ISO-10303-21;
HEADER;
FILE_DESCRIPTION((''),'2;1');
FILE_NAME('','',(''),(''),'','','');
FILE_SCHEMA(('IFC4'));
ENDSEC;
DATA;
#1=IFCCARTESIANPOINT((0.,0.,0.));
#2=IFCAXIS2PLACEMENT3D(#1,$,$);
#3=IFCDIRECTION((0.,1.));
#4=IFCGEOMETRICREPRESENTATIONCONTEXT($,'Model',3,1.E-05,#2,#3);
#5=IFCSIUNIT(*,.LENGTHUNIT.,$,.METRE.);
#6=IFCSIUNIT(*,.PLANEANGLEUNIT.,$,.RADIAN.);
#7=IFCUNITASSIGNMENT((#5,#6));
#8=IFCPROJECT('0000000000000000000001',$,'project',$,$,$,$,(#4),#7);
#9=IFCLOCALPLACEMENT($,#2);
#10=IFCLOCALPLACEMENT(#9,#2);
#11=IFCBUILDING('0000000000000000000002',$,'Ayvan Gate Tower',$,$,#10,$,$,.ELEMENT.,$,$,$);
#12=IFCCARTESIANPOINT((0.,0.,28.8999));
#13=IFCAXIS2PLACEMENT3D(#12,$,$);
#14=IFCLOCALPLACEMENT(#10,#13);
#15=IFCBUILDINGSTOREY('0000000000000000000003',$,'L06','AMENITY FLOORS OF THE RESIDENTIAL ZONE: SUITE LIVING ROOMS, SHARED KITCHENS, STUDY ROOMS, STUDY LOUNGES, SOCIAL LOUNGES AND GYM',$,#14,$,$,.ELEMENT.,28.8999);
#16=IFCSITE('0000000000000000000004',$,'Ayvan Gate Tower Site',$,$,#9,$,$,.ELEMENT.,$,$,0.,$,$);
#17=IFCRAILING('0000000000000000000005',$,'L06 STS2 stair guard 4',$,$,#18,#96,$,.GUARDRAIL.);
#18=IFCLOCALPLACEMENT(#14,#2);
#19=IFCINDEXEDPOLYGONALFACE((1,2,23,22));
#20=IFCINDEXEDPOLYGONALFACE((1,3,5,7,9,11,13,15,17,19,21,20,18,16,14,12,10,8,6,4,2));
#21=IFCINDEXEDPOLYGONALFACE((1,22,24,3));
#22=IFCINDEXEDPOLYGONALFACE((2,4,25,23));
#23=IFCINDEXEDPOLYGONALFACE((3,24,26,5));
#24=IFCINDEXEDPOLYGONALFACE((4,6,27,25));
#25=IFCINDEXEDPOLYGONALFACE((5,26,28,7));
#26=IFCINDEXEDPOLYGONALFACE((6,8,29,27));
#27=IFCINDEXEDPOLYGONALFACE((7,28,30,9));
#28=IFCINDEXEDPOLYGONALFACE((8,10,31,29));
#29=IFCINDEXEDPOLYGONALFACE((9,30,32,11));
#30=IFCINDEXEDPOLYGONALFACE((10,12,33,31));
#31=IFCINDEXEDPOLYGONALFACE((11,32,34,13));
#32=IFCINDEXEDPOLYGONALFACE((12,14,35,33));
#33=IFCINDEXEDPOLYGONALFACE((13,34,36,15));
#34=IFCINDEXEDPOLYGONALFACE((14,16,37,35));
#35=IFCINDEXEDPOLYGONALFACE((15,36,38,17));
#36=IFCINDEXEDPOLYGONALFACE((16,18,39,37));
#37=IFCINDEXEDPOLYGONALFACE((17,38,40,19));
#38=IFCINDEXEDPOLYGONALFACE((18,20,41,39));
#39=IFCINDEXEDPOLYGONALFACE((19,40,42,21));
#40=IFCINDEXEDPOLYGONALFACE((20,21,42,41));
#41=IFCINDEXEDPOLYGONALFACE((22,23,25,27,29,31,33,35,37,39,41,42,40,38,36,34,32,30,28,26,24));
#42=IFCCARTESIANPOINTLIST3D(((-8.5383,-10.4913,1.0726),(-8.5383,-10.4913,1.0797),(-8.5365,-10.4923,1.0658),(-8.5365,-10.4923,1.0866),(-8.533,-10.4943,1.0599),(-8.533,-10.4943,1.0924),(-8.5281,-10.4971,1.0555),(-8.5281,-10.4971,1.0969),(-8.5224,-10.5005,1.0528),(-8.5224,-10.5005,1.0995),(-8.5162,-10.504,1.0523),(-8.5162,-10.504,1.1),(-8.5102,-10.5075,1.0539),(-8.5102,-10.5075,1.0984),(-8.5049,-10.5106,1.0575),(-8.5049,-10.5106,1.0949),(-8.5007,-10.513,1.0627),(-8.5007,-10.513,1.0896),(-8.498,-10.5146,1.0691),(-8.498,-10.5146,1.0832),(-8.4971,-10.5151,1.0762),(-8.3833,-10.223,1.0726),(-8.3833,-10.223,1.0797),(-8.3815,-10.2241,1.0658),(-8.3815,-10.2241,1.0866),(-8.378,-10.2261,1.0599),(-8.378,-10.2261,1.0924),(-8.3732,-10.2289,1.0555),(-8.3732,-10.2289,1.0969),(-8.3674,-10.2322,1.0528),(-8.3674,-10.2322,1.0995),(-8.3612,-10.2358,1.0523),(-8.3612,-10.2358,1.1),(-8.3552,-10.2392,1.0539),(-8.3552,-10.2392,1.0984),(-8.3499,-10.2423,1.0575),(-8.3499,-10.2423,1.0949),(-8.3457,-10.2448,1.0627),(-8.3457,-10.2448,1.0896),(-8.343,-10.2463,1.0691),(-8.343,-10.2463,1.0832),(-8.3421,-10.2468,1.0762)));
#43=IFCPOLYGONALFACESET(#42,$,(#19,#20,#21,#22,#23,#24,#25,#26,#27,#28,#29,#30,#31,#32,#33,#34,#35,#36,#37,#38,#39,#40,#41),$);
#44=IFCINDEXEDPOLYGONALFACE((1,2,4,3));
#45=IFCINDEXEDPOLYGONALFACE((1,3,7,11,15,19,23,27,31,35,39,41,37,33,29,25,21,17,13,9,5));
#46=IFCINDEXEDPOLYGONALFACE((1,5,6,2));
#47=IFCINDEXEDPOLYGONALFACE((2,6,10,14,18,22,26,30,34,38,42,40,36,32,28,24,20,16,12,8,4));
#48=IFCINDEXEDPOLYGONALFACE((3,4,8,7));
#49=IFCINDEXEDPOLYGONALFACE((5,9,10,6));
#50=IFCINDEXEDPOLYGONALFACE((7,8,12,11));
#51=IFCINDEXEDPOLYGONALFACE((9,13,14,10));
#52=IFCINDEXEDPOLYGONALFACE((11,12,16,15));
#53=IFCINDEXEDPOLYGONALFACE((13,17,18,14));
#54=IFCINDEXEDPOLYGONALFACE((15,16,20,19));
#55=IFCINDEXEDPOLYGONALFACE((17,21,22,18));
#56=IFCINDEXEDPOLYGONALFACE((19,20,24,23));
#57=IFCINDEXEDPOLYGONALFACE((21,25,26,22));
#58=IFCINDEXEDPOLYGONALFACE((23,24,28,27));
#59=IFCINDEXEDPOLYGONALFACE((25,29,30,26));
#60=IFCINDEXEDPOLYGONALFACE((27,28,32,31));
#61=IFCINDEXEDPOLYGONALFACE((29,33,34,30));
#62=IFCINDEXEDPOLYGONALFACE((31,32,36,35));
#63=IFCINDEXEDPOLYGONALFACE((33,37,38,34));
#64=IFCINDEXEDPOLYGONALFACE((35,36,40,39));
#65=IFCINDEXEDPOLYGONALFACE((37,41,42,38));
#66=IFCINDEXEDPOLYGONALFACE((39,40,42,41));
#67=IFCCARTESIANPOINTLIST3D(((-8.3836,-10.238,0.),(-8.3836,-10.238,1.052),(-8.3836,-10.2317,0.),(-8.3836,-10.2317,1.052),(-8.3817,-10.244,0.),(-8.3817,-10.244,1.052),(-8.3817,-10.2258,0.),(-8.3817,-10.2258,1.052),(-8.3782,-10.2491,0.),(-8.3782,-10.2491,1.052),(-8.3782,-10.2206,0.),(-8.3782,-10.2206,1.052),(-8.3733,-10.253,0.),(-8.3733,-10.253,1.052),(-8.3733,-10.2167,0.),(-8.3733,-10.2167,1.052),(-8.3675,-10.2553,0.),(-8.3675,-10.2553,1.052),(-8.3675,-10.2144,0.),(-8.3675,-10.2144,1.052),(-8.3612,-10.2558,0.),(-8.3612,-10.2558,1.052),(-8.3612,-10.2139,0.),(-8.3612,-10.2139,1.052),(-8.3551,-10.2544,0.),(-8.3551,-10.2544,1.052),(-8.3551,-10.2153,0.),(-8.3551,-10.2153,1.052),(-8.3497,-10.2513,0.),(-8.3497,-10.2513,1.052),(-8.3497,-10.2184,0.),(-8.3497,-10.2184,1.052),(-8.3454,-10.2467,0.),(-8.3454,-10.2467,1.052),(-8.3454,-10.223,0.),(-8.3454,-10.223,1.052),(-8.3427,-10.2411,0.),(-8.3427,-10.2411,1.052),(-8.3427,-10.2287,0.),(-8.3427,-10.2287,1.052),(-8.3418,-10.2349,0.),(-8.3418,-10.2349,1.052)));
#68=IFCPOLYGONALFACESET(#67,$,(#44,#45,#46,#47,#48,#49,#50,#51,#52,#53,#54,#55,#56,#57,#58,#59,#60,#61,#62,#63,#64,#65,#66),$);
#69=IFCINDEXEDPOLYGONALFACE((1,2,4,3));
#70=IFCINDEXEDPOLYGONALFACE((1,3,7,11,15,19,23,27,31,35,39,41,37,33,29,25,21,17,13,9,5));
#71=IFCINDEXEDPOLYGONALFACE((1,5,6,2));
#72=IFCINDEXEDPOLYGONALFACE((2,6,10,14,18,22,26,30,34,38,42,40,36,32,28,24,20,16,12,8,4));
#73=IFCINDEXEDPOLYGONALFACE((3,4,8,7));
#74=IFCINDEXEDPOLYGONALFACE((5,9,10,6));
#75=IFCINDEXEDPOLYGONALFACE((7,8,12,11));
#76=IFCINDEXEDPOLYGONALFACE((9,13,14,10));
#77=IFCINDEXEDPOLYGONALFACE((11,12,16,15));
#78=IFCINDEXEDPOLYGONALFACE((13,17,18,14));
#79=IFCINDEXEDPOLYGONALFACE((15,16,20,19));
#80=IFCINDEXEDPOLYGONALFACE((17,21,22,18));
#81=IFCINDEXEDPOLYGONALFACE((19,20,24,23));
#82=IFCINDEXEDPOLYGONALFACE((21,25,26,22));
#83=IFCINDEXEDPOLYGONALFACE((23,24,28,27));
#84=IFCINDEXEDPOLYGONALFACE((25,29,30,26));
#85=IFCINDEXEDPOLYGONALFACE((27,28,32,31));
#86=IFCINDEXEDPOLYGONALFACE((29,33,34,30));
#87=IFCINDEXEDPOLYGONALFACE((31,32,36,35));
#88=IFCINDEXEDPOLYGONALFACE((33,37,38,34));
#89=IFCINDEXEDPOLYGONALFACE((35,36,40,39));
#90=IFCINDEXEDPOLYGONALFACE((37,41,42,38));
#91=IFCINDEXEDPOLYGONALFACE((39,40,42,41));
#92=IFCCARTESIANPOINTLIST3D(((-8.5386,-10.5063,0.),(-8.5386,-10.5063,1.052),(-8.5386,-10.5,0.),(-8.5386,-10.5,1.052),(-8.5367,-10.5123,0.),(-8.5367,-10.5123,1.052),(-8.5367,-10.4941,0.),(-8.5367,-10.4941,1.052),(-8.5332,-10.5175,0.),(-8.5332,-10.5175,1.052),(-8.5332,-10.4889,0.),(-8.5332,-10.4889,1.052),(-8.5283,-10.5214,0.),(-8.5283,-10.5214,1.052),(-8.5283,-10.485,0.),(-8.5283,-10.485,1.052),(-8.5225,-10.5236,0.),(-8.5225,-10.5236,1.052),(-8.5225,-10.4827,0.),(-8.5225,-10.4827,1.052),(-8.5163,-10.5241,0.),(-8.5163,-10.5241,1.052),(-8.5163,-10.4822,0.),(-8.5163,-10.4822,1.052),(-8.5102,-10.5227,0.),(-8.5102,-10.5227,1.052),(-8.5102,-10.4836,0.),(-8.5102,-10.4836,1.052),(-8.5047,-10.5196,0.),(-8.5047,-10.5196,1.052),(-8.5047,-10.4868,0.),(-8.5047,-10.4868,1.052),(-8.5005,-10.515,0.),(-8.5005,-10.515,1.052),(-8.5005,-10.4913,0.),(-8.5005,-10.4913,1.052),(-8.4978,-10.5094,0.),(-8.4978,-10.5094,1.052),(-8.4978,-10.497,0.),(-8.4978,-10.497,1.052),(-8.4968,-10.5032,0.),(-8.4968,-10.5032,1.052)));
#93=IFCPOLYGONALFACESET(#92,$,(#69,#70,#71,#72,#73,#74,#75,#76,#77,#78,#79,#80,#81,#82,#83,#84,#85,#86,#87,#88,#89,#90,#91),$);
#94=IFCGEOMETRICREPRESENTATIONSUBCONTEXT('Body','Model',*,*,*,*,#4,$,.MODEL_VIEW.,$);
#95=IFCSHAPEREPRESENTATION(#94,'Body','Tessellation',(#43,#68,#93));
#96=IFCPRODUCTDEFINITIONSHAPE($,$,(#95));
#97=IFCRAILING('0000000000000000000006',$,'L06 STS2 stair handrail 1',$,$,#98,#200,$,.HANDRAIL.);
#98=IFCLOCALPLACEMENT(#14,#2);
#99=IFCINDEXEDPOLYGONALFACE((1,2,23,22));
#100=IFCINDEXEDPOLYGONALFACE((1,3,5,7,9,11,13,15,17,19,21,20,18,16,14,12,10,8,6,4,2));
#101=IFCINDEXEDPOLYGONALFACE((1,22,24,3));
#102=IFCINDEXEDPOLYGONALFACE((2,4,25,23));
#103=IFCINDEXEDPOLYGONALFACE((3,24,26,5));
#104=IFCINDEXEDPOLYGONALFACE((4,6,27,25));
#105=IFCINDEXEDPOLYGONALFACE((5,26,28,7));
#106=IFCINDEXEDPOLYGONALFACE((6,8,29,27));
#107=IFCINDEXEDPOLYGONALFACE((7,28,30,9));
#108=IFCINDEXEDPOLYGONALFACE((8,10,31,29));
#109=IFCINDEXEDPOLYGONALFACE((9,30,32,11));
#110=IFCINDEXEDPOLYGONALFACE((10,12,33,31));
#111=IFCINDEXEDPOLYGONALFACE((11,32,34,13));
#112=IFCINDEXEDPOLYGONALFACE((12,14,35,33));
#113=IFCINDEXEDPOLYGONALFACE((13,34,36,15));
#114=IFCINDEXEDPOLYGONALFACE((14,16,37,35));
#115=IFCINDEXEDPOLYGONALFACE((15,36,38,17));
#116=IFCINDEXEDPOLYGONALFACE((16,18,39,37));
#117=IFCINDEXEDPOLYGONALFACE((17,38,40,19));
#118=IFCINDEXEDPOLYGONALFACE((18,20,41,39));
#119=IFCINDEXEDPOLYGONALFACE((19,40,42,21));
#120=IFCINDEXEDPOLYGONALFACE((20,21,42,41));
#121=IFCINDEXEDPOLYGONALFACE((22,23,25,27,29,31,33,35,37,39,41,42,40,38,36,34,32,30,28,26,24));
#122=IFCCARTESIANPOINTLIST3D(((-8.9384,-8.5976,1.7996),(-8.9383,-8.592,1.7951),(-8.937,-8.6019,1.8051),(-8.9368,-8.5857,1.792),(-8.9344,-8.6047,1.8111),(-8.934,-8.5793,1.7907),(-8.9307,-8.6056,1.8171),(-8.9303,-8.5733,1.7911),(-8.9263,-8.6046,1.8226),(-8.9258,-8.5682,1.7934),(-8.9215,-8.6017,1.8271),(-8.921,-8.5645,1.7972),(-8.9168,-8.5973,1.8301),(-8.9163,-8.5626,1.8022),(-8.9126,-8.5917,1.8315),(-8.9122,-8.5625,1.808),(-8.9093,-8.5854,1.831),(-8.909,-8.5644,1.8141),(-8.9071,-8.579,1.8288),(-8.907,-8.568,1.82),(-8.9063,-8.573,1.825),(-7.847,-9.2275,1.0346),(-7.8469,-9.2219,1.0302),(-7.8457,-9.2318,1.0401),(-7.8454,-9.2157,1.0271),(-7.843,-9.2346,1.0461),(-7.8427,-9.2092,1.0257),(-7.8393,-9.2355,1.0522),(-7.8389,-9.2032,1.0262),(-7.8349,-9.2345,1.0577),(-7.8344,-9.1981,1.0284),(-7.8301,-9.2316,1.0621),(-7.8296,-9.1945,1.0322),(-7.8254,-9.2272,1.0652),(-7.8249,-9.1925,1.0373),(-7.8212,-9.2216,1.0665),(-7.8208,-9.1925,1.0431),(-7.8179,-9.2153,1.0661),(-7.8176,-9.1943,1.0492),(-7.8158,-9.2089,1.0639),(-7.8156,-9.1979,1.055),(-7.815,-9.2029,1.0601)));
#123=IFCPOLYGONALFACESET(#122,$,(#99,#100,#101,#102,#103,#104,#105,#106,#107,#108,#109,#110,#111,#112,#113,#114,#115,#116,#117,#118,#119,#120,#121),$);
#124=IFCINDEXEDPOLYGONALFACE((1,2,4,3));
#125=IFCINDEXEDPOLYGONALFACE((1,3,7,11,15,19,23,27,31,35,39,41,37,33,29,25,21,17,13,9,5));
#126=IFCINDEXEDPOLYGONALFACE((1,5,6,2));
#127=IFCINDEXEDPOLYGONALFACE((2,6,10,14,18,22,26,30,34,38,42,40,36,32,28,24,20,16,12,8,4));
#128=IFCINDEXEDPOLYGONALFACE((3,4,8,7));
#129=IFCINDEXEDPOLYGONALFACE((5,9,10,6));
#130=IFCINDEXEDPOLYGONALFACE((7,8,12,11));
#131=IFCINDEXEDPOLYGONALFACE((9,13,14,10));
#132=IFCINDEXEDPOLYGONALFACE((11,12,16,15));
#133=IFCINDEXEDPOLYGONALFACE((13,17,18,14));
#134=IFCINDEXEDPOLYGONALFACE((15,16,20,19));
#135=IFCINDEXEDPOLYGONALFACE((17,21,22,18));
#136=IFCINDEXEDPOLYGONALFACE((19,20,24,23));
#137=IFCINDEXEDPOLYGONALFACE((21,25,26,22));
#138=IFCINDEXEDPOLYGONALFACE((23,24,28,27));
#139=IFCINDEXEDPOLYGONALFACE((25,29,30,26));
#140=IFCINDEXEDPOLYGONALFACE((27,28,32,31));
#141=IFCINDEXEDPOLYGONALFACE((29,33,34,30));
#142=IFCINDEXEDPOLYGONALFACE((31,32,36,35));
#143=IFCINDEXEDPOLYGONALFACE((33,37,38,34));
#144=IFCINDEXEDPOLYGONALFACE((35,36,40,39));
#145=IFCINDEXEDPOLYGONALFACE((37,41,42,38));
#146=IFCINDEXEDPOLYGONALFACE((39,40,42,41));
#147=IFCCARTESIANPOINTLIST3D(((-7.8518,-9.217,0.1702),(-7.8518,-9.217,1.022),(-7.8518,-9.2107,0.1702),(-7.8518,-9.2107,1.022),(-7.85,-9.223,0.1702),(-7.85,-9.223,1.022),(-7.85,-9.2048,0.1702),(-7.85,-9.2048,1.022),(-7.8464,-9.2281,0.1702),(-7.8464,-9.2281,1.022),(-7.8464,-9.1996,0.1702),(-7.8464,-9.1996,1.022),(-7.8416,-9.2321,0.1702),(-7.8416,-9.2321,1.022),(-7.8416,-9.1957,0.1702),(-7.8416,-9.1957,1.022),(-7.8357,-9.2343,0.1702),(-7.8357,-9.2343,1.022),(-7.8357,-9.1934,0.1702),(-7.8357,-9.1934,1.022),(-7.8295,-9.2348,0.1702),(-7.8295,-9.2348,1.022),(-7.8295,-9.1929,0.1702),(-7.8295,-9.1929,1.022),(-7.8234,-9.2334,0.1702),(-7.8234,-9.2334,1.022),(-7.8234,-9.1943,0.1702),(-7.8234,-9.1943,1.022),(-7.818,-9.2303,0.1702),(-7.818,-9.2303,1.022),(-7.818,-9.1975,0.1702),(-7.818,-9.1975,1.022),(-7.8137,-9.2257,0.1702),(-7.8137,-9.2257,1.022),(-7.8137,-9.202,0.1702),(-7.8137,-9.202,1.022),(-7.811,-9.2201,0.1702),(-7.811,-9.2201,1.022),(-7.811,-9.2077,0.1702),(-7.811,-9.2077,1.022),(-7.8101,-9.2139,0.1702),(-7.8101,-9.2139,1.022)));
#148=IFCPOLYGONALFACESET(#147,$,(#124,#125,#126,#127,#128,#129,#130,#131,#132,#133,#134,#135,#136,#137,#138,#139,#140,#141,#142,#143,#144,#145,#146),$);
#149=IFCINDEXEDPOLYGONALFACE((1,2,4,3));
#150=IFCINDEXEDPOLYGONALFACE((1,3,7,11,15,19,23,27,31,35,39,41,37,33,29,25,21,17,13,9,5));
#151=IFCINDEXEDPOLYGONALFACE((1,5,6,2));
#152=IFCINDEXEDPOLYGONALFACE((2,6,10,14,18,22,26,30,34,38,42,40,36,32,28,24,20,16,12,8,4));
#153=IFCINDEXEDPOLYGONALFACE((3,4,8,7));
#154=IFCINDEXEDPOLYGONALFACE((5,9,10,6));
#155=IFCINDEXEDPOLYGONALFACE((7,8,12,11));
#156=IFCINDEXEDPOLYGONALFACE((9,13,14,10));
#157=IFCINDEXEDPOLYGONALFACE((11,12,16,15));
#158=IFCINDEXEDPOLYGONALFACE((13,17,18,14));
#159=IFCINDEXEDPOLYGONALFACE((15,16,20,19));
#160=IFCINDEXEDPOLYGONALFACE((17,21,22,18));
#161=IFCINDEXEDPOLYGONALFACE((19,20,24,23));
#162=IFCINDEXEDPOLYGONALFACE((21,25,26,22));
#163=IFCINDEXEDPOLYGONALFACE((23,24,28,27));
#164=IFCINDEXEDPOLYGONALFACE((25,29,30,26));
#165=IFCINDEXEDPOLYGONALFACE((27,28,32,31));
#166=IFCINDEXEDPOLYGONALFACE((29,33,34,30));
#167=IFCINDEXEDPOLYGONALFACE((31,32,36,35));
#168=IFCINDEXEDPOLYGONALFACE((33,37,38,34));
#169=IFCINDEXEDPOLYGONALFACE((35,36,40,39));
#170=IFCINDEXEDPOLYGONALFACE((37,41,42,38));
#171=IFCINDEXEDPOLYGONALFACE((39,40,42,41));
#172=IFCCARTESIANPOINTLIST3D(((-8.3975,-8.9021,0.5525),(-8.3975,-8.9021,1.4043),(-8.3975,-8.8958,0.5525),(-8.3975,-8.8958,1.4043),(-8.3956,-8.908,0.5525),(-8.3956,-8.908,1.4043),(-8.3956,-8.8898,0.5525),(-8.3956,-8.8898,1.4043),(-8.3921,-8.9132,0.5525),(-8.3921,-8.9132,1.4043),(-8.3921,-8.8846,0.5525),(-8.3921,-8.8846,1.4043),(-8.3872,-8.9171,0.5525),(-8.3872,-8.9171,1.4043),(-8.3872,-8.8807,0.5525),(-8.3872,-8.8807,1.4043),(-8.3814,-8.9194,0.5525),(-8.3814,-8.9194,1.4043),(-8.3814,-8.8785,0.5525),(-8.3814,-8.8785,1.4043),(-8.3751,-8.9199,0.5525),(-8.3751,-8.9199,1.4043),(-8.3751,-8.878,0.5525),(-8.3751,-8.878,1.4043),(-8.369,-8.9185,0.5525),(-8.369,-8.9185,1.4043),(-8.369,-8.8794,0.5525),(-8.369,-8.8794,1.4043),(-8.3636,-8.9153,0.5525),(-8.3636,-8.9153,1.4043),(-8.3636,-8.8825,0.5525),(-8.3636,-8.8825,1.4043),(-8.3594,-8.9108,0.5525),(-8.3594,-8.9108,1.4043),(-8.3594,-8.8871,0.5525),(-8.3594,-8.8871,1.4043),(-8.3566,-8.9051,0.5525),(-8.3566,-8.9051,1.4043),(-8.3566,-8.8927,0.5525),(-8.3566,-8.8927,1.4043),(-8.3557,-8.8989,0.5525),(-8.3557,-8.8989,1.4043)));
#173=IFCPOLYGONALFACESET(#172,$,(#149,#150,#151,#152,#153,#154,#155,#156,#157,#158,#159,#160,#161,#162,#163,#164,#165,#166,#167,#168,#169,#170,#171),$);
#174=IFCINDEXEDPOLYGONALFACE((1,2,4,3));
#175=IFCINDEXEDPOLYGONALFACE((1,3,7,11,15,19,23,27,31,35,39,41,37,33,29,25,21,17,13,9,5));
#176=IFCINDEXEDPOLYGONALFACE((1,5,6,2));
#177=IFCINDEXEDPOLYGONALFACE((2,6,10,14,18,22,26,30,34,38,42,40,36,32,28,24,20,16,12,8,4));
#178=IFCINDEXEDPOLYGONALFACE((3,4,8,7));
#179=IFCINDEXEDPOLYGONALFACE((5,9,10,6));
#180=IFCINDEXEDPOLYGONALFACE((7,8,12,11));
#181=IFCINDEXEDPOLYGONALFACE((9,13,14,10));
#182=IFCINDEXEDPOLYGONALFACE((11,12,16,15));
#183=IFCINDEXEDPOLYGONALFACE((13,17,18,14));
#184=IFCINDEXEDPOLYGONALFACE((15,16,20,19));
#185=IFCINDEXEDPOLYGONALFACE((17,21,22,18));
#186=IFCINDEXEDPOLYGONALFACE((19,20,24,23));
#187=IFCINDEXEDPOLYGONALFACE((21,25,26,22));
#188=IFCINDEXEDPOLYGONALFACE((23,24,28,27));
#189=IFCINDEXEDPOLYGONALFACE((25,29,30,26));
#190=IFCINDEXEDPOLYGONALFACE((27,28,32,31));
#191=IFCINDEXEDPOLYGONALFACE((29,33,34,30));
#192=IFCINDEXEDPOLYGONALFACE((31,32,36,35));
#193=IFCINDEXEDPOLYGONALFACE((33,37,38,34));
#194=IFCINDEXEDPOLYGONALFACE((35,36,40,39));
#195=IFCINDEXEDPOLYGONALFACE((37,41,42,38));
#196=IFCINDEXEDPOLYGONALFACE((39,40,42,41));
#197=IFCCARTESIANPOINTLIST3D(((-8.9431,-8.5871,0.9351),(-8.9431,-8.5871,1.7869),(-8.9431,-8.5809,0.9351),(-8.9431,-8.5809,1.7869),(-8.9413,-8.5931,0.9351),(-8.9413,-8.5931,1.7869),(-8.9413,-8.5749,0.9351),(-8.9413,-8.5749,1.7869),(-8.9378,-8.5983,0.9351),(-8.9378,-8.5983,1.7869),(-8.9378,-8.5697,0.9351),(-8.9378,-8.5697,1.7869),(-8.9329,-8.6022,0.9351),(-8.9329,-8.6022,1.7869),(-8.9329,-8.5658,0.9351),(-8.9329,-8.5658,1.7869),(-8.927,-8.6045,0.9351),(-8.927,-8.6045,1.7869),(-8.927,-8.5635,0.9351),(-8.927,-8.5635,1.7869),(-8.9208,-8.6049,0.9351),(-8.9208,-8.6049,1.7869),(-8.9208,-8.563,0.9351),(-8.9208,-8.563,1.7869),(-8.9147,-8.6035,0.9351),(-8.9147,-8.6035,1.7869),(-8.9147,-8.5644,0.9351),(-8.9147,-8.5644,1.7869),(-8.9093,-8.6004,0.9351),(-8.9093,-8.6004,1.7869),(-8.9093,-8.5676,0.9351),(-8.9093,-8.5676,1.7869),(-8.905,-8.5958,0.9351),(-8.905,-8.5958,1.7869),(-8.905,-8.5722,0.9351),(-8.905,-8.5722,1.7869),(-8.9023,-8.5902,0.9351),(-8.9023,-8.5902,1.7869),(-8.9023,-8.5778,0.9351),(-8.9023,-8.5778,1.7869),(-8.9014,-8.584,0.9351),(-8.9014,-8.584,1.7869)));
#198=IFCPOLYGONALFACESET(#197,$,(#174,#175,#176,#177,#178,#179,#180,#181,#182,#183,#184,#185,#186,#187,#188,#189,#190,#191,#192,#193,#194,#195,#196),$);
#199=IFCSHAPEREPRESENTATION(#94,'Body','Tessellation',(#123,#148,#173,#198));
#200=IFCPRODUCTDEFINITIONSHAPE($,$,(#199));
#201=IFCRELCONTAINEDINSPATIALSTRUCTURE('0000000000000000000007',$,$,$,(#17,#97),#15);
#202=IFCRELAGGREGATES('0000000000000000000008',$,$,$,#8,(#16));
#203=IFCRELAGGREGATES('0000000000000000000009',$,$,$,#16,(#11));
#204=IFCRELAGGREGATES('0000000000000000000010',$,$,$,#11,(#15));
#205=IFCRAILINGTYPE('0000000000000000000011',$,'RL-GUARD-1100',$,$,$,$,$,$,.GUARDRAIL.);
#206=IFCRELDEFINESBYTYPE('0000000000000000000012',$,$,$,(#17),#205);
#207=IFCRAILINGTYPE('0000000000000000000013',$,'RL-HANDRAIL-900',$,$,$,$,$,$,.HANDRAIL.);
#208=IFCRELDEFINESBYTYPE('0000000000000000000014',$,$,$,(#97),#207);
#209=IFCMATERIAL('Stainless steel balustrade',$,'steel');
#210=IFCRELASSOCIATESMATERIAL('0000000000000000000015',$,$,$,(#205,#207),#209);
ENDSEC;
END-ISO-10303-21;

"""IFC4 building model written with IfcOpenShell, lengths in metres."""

from ifc_helpers import new_model, si_unit, direction, frame, origin, origin_2d, place, context, subcontext, project, spatial, circle, extrude, material, type_object, element, save


model = new_model("IFC4")

# Units and contexts
model_context = context("Model", 3, precision=1e-05, world=origin(), true_north=direction((0.0, 1.0)))
body_context = subcontext(model_context, "Body", "Model", "MODEL_VIEW")
ifc_project = project(units=[si_unit("LENGTHUNIT", "METRE"), si_unit("PLANEANGLEUNIT", "RADIAN")], contexts=[model_context])

# Site, building, storey
site_placement = place(None, origin())
site = spatial("IfcSite", under=ifc_project, at=site_placement, Name="Ayvan Gate Tower Site", CompositionType="ELEMENT", RefElevation=0.0)
building_placement = place(site_placement, origin())
building = spatial("IfcBuilding", under=site, at=building_placement, Name="Ayvan Gate Tower", CompositionType="ELEMENT")
storey_placement = place(building_placement, frame((0.0, 0.0, 28.8999)))
storey = spatial("IfcBuildingStorey", under=building, at=storey_placement, Name="L06", Description="AMENITY FLOORS OF THE RESIDENTIAL ZONE: SUITE LIVING ROOMS, SHARED KITCHENS, STUDY ROOMS, STUDY LOUNGES, SOCIAL LOUNGES AND GYM", CompositionType="ELEMENT", Elevation=28.8999)

# Railings
ifc_material_1 = material(Name="Stainless steel balustrade", Category="steel")
railing_type_1 = type_object("IfcRailingType", Name="RL-GUARD-1100", PredefinedType="GUARDRAIL", material=ifc_material_1)
railing_1_placement = place(storey_placement, frame((-8.3628, -10.2349, 0.0)))
element("IfcRailing", 1, at=railing_1_placement, inside=storey, type_object=railing_type_1, Name="L06 STS2 stair guard 4", PredefinedType="GUARDRAIL", context=body_context, shape_type="SweptSolid", body=[
    extrude(circle(Radius=0.0239, at=origin_2d()), frame((0.0, 0.0, 1.0762), z_axis=(-0.500291, -0.865857, 0.0), x_axis=(0.865857, -0.500291, 0.0)), (0.0, 0.0, 1.0), 0.3098),
    extrude(circle(Radius=0.021, at=origin_2d()), origin(), (0.0, 0.0, 1.0), 1.052),
    extrude(circle(Radius=0.021, at=origin_2d()), frame((-0.155, -0.2683, 0.0)), (0.0, 0.0, 1.0), 1.052),
])
railing_type_2 = type_object("IfcRailingType", Name="RL-HANDRAIL-900", PredefinedType="HANDRAIL", material=ifc_material_1)
railing_2_placement = place(storey_placement, frame((-7.8311, -9.2139, 0.1702)))
element("IfcRailing", 2, at=railing_2_placement, inside=storey, type_object=railing_type_2, Name="L06 STS2 stair handrail 1", PredefinedType="HANDRAIL", context=body_context, shape_type="SweptSolid", body=[
    extrude(circle(Radius=0.0239, at=origin_2d()), frame((0.0, 0.0, 0.876), z_axis=(-0.740357, 0.42732, 0.518912), x_axis=(-0.49989, -0.866089, 0.0)), (0.0, 0.0, 1.0), 1.4741),
    extrude(circle(Radius=0.021, at=origin_2d()), origin(), (0.0, 0.0, 1.0), 0.8518),
    extrude(circle(Radius=0.021, at=origin_2d()), frame((-0.5457, 0.3149, 0.3823)), (0.0, 0.0, 1.0), 0.8518),
    extrude(circle(Radius=0.021, at=origin_2d()), frame((-1.0913, 0.6299, 0.7649)), (0.0, 0.0, 1.0), 0.8518),
])

save(model, "model.ifc")
